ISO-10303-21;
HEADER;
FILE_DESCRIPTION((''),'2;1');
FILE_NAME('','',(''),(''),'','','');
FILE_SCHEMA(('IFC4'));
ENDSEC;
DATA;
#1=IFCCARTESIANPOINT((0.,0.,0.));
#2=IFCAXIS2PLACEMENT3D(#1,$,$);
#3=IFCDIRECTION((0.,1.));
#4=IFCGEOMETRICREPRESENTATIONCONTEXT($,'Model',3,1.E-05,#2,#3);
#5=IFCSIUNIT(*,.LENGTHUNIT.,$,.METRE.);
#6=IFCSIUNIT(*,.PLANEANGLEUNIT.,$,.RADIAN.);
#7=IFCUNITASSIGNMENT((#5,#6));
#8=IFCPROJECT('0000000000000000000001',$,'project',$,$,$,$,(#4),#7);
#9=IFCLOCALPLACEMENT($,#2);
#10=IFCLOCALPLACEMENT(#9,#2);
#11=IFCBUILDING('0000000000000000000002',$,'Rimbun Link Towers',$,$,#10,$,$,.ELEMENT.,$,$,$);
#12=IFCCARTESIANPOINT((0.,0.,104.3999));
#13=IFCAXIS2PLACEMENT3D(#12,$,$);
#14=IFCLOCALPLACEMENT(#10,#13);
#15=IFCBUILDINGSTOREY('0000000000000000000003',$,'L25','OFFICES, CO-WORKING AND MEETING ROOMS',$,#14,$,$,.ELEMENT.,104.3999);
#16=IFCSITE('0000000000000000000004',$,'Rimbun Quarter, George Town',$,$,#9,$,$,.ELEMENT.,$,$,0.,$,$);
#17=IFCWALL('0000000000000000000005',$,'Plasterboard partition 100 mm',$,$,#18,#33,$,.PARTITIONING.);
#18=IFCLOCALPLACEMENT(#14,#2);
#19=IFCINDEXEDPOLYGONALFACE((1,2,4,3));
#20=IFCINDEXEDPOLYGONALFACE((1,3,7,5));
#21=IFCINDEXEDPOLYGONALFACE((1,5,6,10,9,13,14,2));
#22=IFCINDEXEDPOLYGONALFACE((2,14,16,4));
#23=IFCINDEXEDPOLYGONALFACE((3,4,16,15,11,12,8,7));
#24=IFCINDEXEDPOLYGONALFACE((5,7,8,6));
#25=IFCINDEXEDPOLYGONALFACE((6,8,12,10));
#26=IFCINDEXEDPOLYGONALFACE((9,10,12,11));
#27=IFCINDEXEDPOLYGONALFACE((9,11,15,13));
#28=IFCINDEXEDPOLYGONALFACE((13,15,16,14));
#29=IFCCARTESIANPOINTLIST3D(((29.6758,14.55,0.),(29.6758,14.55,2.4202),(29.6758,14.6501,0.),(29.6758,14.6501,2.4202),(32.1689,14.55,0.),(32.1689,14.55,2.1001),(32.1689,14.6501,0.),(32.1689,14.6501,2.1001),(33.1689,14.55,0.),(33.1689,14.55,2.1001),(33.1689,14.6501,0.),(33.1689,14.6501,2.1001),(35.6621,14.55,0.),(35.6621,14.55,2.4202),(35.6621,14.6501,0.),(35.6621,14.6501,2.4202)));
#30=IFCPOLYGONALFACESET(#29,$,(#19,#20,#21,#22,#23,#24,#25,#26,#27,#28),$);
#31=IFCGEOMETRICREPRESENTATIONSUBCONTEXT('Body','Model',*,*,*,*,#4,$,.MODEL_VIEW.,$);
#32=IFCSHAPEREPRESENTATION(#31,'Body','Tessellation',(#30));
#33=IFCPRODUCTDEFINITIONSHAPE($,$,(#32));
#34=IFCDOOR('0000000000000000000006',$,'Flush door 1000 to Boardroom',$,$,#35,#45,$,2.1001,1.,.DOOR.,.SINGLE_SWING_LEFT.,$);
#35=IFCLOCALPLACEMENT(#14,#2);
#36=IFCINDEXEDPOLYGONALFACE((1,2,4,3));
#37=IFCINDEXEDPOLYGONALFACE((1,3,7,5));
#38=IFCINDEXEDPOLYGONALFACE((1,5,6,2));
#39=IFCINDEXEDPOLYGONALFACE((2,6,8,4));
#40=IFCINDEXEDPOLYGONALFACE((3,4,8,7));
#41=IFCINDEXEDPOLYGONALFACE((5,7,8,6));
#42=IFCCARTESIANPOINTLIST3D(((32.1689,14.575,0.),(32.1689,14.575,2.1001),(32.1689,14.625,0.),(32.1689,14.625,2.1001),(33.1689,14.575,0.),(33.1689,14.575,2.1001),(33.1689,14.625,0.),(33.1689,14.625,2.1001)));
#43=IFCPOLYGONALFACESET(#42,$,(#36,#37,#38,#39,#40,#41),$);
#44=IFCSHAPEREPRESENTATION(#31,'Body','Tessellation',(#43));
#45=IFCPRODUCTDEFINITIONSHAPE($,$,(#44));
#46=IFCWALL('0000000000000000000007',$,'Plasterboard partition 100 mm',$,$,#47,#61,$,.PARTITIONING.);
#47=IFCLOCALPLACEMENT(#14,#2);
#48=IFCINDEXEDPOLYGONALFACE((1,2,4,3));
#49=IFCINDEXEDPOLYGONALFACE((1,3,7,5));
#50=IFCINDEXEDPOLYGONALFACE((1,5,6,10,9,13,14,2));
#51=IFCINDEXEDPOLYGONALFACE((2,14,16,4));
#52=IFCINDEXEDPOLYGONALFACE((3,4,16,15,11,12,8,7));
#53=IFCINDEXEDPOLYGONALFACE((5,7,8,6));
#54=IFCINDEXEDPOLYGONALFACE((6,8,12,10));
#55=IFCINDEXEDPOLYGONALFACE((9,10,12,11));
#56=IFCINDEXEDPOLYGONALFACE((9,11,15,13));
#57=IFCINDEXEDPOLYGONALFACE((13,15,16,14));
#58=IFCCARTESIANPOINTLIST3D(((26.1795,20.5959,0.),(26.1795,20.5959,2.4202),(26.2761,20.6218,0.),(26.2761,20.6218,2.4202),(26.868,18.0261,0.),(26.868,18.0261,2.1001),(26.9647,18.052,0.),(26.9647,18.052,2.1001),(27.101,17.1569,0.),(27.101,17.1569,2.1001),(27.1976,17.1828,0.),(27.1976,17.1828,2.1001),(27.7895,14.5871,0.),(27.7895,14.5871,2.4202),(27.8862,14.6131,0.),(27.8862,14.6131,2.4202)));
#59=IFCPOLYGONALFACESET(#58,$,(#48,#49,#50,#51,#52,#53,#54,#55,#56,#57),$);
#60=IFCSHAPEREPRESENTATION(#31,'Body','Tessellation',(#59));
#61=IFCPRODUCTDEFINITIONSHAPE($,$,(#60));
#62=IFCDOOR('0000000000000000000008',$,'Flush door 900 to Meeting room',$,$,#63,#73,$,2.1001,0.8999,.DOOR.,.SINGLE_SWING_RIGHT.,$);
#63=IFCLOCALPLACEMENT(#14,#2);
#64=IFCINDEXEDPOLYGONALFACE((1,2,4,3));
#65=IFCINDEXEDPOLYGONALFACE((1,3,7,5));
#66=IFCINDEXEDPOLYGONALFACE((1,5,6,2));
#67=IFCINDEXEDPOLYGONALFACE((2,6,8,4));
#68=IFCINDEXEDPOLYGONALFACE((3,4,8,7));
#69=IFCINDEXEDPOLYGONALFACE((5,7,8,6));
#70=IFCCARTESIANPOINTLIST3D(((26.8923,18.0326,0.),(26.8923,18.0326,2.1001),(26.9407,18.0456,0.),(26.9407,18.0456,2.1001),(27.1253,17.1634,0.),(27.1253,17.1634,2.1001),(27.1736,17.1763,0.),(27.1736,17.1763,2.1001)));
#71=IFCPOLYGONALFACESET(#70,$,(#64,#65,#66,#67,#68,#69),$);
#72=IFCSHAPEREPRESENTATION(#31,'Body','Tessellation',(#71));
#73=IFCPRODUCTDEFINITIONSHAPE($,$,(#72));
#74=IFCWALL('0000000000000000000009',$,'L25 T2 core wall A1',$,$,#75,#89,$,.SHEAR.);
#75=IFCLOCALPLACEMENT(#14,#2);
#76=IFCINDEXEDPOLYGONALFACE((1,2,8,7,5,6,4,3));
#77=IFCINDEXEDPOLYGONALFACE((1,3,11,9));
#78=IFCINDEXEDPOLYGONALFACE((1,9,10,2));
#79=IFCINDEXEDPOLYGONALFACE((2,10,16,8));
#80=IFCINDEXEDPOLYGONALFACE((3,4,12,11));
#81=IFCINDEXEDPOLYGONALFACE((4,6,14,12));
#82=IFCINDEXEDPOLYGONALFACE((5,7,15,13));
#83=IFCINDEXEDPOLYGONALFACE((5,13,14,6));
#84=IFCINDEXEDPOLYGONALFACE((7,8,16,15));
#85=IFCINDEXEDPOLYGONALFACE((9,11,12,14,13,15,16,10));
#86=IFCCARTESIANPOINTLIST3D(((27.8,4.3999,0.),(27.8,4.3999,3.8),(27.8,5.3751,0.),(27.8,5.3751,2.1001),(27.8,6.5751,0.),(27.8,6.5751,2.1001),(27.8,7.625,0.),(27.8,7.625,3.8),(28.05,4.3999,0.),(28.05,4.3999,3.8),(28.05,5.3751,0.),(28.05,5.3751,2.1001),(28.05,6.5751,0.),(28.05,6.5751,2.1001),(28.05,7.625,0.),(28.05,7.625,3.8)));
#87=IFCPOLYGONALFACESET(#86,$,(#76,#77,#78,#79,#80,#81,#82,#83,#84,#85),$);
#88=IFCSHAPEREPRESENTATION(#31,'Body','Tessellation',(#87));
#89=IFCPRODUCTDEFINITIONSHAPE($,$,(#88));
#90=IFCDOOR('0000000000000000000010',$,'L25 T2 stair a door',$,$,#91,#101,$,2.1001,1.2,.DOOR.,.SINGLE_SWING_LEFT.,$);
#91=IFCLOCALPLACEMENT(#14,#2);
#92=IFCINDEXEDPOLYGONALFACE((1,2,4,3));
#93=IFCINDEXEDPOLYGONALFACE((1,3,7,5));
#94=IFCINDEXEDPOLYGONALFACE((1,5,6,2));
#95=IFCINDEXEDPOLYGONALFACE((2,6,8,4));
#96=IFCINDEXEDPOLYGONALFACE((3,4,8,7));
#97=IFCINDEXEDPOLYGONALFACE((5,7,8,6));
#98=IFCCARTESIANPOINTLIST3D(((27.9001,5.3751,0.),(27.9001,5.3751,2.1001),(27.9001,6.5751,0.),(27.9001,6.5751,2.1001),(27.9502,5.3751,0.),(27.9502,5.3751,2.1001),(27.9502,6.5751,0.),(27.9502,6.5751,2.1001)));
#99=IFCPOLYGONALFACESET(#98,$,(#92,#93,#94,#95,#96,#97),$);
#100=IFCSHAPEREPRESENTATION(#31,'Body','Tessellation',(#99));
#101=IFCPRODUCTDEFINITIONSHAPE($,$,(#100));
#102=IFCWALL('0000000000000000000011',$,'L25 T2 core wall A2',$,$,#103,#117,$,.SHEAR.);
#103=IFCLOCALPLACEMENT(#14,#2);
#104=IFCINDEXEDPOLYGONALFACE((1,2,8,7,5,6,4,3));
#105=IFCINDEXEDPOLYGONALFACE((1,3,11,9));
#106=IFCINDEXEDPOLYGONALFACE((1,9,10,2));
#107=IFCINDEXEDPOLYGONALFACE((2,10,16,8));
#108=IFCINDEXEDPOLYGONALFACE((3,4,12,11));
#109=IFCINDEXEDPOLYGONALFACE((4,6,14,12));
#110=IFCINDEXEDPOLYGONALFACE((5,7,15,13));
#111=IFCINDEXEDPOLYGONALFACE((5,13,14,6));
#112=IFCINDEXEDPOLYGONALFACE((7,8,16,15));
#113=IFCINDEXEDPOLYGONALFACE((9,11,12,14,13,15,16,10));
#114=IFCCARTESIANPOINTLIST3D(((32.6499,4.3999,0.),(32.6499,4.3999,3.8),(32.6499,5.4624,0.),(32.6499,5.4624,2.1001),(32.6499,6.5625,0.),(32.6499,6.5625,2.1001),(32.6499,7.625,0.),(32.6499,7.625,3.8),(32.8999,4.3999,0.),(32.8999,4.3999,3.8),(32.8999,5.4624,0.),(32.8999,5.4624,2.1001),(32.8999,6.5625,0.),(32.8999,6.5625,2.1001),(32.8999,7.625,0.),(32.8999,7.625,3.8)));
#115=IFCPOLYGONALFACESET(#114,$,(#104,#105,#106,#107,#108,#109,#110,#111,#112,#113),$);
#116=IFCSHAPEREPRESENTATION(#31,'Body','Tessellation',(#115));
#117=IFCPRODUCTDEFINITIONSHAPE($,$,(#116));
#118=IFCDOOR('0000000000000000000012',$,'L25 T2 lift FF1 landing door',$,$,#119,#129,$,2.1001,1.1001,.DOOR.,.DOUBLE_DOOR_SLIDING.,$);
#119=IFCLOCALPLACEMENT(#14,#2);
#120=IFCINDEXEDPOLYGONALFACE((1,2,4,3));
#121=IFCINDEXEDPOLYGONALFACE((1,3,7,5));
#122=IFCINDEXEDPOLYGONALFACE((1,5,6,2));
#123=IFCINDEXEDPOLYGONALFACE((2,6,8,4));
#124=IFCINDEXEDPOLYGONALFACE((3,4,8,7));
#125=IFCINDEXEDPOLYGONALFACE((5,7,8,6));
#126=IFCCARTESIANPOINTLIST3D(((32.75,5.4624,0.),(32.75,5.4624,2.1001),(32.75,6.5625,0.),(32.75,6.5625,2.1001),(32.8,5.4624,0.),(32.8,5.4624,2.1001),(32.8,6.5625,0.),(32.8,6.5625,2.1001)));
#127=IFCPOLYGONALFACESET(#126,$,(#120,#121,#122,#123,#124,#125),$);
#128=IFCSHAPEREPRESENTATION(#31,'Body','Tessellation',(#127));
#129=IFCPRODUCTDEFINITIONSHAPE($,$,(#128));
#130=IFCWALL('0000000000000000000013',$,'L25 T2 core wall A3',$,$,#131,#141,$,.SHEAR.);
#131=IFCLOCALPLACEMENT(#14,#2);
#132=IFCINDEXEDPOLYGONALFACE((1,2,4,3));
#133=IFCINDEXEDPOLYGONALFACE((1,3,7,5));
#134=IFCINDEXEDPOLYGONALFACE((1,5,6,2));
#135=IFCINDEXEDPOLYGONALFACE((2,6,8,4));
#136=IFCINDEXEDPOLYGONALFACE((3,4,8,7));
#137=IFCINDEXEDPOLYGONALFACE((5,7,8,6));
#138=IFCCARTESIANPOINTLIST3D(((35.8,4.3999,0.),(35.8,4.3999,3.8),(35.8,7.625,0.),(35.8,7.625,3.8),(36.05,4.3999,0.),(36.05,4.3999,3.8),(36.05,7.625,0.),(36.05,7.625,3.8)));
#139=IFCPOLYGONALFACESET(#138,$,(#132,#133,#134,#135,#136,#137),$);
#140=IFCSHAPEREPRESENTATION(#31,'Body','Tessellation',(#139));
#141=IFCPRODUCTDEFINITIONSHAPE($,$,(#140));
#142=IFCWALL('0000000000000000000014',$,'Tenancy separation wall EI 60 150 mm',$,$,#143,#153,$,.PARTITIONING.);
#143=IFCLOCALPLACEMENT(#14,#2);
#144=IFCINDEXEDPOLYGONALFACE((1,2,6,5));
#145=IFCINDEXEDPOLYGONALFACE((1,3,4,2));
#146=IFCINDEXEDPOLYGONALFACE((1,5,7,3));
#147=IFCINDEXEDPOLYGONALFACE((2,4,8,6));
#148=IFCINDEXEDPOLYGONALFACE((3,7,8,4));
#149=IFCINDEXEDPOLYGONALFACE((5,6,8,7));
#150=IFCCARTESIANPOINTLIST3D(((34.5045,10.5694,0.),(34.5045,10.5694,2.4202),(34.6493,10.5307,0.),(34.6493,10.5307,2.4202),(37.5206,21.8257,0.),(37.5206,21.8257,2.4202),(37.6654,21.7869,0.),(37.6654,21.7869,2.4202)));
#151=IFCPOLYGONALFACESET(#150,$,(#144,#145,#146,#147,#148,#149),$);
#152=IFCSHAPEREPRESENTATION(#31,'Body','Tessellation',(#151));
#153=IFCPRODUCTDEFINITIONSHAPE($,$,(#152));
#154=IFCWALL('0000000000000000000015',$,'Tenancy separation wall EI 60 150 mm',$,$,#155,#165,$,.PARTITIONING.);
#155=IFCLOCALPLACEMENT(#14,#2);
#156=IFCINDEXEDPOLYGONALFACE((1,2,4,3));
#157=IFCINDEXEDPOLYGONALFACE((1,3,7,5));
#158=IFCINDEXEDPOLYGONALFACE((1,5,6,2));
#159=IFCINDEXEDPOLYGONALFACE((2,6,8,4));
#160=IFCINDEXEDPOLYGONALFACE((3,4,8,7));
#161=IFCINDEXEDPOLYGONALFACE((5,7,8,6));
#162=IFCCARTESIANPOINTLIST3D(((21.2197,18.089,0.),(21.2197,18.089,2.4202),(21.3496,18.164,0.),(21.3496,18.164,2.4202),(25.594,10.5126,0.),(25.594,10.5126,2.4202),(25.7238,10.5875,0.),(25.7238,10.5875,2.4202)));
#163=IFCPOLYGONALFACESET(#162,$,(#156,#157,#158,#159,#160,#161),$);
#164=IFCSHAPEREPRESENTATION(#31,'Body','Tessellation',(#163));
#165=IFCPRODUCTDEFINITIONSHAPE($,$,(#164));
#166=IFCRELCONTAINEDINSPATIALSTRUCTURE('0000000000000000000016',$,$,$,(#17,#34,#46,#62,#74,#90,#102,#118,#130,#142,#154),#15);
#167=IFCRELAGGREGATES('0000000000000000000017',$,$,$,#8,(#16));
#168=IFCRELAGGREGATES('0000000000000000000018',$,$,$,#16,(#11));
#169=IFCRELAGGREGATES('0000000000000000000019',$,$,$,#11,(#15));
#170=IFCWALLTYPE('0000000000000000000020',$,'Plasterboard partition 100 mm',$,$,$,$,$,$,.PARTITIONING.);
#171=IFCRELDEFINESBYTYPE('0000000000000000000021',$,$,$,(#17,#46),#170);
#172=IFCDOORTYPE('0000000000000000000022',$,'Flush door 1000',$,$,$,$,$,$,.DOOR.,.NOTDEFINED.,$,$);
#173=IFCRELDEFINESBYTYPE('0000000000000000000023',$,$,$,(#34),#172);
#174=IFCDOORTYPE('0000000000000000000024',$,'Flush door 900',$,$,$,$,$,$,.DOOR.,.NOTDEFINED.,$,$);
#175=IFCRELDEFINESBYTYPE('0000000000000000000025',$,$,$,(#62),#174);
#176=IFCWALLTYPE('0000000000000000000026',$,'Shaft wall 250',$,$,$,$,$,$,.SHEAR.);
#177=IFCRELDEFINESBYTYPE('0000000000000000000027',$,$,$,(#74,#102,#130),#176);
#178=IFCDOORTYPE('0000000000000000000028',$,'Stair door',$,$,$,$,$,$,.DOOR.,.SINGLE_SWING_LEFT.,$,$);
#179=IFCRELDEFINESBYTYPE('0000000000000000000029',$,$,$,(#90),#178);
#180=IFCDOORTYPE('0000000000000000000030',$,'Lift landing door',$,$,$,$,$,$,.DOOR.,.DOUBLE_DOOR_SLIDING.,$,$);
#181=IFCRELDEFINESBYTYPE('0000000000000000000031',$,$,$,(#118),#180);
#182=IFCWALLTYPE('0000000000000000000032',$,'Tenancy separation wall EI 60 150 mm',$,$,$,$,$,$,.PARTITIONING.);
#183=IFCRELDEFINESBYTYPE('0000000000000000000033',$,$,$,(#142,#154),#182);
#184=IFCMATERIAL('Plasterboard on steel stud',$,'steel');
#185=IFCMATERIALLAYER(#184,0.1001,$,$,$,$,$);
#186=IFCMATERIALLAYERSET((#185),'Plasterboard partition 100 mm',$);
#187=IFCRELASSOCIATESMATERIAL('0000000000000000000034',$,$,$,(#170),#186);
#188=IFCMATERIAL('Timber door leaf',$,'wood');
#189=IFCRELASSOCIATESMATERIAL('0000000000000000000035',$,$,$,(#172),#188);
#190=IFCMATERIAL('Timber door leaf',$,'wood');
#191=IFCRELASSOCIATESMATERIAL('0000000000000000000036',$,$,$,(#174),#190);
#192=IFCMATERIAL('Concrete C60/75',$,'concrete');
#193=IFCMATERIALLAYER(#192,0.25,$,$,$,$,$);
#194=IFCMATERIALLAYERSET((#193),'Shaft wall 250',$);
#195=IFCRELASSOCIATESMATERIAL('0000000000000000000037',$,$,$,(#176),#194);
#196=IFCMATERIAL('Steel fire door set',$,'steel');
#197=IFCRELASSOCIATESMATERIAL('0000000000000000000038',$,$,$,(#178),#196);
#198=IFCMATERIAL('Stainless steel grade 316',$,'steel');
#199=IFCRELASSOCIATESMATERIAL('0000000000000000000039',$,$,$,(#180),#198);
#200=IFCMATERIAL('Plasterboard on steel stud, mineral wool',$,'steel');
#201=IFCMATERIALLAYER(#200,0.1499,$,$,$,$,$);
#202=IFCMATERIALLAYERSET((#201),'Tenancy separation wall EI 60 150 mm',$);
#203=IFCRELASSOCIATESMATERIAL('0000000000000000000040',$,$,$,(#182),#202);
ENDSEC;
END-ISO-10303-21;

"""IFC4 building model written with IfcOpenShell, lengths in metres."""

from ifc_helpers import new_model, si_unit, direction, frame, frame_2d, origin, place, context, subcontext, project, spatial, rectangle, extrude, material, layer, layer_set, type_object, element, fill, save


model = new_model("IFC4")

# Units and contexts
model_context = context("Model", 3, precision=1e-05, world=origin(), true_north=direction((0.0, 1.0)))
body_context = subcontext(model_context, "Body", "Model", "MODEL_VIEW")
ifc_project = project(units=[si_unit("LENGTHUNIT", "METRE"), si_unit("PLANEANGLEUNIT", "RADIAN")], contexts=[model_context])

# Site, building, storey
site_placement = place(None, origin())
site = spatial("IfcSite", under=ifc_project, at=site_placement, Name="Rimbun Quarter, George Town", CompositionType="ELEMENT", RefElevation=0.0)
building_placement = place(site_placement, origin())
building = spatial("IfcBuilding", under=site, at=building_placement, Name="Rimbun Link Towers", CompositionType="ELEMENT")
storey_placement = place(building_placement, frame((0.0, 0.0, 104.3999)))
storey = spatial("IfcBuildingStorey", under=building, at=storey_placement, Name="L25", Description="OFFICES, CO-WORKING AND MEETING ROOMS", CompositionType="ELEMENT", Elevation=104.3999)

# Walls, openings, doors
ifc_material_1 = material(Name="Plasterboard on steel stud", Category="steel")
ifc_layer_1 = layer(ifc_material_1, 0.1001)
ifc_layer_set_1 = layer_set([ifc_layer_1], Name="Plasterboard partition 100 mm")
wall_type_1 = type_object("IfcWallType", Name="Plasterboard partition 100 mm", PredefinedType="PARTITIONING", material=ifc_layer_set_1)
wall_1_placement = place(storey_placement, frame((29.6758, 14.6001, 0.0), z_axis=(0.0, 0.0, 1.0), x_axis=(1.0, 0.0, 0.0)))
wall_1 = element("IfcWall", 1, at=wall_1_placement, inside=storey, type_object=wall_type_1, Name="Plasterboard partition 100 mm", PredefinedType="PARTITIONING", context=body_context, shape_type="SweptSolid", body=[
    extrude(rectangle(XDim=5.9863, YDim=0.1001, at=frame_2d((2.9932, 0.0))), origin(), (0.0, 0.0, 1.0), 2.4202),
])
opening_1_placement = place(wall_1_placement, frame((2.4932, 0.0, 0.0)))
opening_1 = element("IfcOpeningElement", 2, at=opening_1_placement, cuts=wall_1, PredefinedType="OPENING", context=body_context, shape_type="SweptSolid", body=[
    extrude(rectangle(XDim=1.0, YDim=2.1001, at=frame_2d((0.5, 1.05))), frame((0.0, 0.0601, 0.0), z_axis=(0.0, -1.0, 0.0), x_axis=(1.0, 0.0, 0.0)), (0.0, 0.0, 1.0), 0.1201),
])
ifc_material_2 = material(Name="Timber door leaf", Category="wood")
door_type_1 = type_object("IfcDoorType", Name="Flush door 1000", OperationType="NOTDEFINED", PredefinedType="DOOR", material=ifc_material_2)
door_1_placement = place(opening_1_placement, origin())
door_1 = element("IfcDoor", 3, at=door_1_placement, inside=storey, type_object=door_type_1, Name="Flush door 1000 to Boardroom", OperationType="SINGLE_SWING_LEFT", OverallHeight=2.1001, OverallWidth=1.0, PredefinedType="DOOR", context=body_context, shape_type="SweptSolid", body=[
    extrude(rectangle(XDim=1.0, YDim=2.1001, at=frame_2d((0.5, 1.05))), frame((0.0, 0.0249, 0.0), z_axis=(0.0, -1.0, 0.0), x_axis=(1.0, 0.0, 0.0)), (0.0, 0.0, 1.0), 0.05),
])
fill(opening_1, door_1)
wall_2_placement = place(storey_placement, frame((27.8379, 14.6001, 0.0), z_axis=(0.0, 0.0, 1.0), x_axis=(-0.258828, 0.965924, 0.0)))
wall_2 = element("IfcWall", 4, at=wall_2_placement, inside=storey, type_object=wall_type_1, Name="Plasterboard partition 100 mm", PredefinedType="PARTITIONING", context=body_context, shape_type="SweptSolid", body=[
    extrude(rectangle(XDim=6.2207, YDim=0.1001, at=frame_2d((3.1104, 0.0))), origin(), (0.0, 0.0, 1.0), 2.4202),
])
opening_2_placement = place(wall_2_placement, frame((2.6604, 0.0, 0.0)))
opening_2 = element("IfcOpeningElement", 5, at=opening_2_placement, cuts=wall_2, PredefinedType="OPENING", context=body_context, shape_type="SweptSolid", body=[
    extrude(rectangle(XDim=0.8999, YDim=2.1001, at=frame_2d((0.45, 1.05))), frame((0.0, 0.0601, 0.0), z_axis=(0.0, -1.0, 0.0), x_axis=(1.0, 0.0, 0.0)), (0.0, 0.0, 1.0), 0.1201),
])
ifc_material_3 = material(Name="Timber door leaf", Category="wood")
door_type_2 = type_object("IfcDoorType", Name="Flush door 900", OperationType="NOTDEFINED", PredefinedType="DOOR", material=ifc_material_3)
door_2_placement = place(opening_2_placement, origin())
door_2 = element("IfcDoor", 6, at=door_2_placement, inside=storey, type_object=door_type_2, Name="Flush door 900 to Meeting room", OperationType="SINGLE_SWING_RIGHT", OverallHeight=2.1001, OverallWidth=0.8999, PredefinedType="DOOR", context=body_context, shape_type="SweptSolid", body=[
    extrude(rectangle(XDim=0.8999, YDim=2.1001, at=frame_2d((0.45, 1.05))), frame((0.0, 0.0249, 0.0), z_axis=(0.0, -1.0, 0.0), x_axis=(1.0, 0.0, 0.0)), (0.0, 0.0, 1.0), 0.05),
])
fill(opening_2, door_2)
ifc_material_4 = material(Name="Concrete C60/75", Category="concrete")
ifc_layer_2 = layer(ifc_material_4, 0.25)
ifc_layer_set_2 = layer_set([ifc_layer_2], Name="Shaft wall 250")
wall_type_2 = type_object("IfcWallType", Name="Shaft wall 250", PredefinedType="SHEAR", material=ifc_layer_set_2)
wall_3_placement = place(storey_placement, frame((27.925, 4.3999, 0.0), z_axis=(0.0, 0.0, 1.0), x_axis=(0.0, 1.0, 0.0)))
wall_3 = element("IfcWall", 7, at=wall_3_placement, inside=storey, type_object=wall_type_2, Name="L25 T2 core wall A1", PredefinedType="SHEAR", context=body_context, shape_type="SweptSolid", body=[
    extrude(rectangle(XDim=3.2251, YDim=0.25, at=frame_2d((1.6125, 0.0))), origin(), (0.0, 0.0, 1.0), 3.8),
])
opening_3_placement = place(wall_3_placement, frame((0.9751, 0.0, 0.0)))
opening_3 = element("IfcOpeningElement", 8, at=opening_3_placement, cuts=wall_3, PredefinedType="OPENING", context=body_context, shape_type="SweptSolid", body=[
    extrude(rectangle(XDim=1.2, YDim=2.1001, at=frame_2d((0.6001, 1.05))), frame((0.0, 0.135, 0.0), z_axis=(0.0, -1.0, 0.0), x_axis=(1.0, 0.0, 0.0)), (0.0, 0.0, 1.0), 0.27),
])
ifc_material_5 = material(Name="Steel fire door set", Category="steel")
door_type_3 = type_object("IfcDoorType", Name="Stair door", OperationType="SINGLE_SWING_LEFT", PredefinedType="DOOR", material=ifc_material_5)
door_3_placement = place(opening_3_placement, origin())
door_3 = element("IfcDoor", 9, at=door_3_placement, inside=storey, type_object=door_type_3, Name="L25 T2 stair a door", OperationType="SINGLE_SWING_LEFT", OverallHeight=2.1001, OverallWidth=1.2, PredefinedType="DOOR", context=body_context, shape_type="SweptSolid", body=[
    extrude(rectangle(XDim=1.2, YDim=2.1001, at=frame_2d((0.6001, 1.05))), frame((0.0, 0.0249, 0.0), z_axis=(0.0, -1.0, 0.0), x_axis=(1.0, 0.0, 0.0)), (0.0, 0.0, 1.0), 0.05),
])
fill(opening_3, door_3)
wall_4_placement = place(storey_placement, frame((32.7749, 4.3999, 0.0), z_axis=(0.0, 0.0, 1.0), x_axis=(0.0, 1.0, 0.0)))
wall_4 = element("IfcWall", 10, at=wall_4_placement, inside=storey, type_object=wall_type_2, Name="L25 T2 core wall A2", PredefinedType="SHEAR", context=body_context, shape_type="SweptSolid", body=[
    extrude(rectangle(XDim=3.2251, YDim=0.25, at=frame_2d((1.6125, 0.0))), origin(), (0.0, 0.0, 1.0), 3.8),
])
opening_4_placement = place(wall_4_placement, frame((1.0625, 0.0, 0.0)))
opening_4 = element("IfcOpeningElement", 11, at=opening_4_placement, cuts=wall_4, PredefinedType="OPENING", context=body_context, shape_type="SweptSolid", body=[
    extrude(rectangle(XDim=1.1001, YDim=2.1001, at=frame_2d((0.55, 1.05))), frame((0.0, 0.135, 0.0), z_axis=(0.0, -1.0, 0.0), x_axis=(1.0, 0.0, 0.0)), (0.0, 0.0, 1.0), 0.27),
])
ifc_material_6 = material(Name="Stainless steel grade 316", Category="steel")
door_type_4 = type_object("IfcDoorType", Name="Lift landing door", OperationType="DOUBLE_DOOR_SLIDING", PredefinedType="DOOR", material=ifc_material_6)
door_4_placement = place(opening_4_placement, origin())
door_4 = element("IfcDoor", 12, at=door_4_placement, inside=storey, type_object=door_type_4, Name="L25 T2 lift FF1 landing door", OperationType="DOUBLE_DOOR_SLIDING", OverallHeight=2.1001, OverallWidth=1.1001, PredefinedType="DOOR", context=body_context, shape_type="SweptSolid", body=[
    extrude(rectangle(XDim=1.1001, YDim=2.1001, at=frame_2d((0.55, 1.05))), frame((0.0, 0.0249, 0.0), z_axis=(0.0, -1.0, 0.0), x_axis=(1.0, 0.0, 0.0)), (0.0, 0.0, 1.0), 0.05),
])
fill(opening_4, door_4)

# Walls
wall_5_placement = place(storey_placement, frame((35.925, 4.3999, 0.0), z_axis=(0.0, 0.0, 1.0), x_axis=(0.0, 1.0, 0.0)))
element("IfcWall", 13, at=wall_5_placement, inside=storey, type_object=wall_type_2, Name="L25 T2 core wall A3", PredefinedType="SHEAR", context=body_context, shape_type="SweptSolid", body=[
    extrude(rectangle(XDim=3.2251, YDim=0.25, at=frame_2d((1.6125, 0.0))), origin(), (0.0, 0.0, 1.0), 3.8),
])
ifc_material_7 = material(Name="Plasterboard on steel stud, mineral wool", Category="steel")
ifc_layer_3 = layer(ifc_material_7, 0.1499)
ifc_layer_set_3 = layer_set([ifc_layer_3], Name="Tenancy separation wall EI 60 150 mm")
wall_type_3 = type_object("IfcWallType", Name="Tenancy separation wall EI 60 150 mm", PredefinedType="PARTITIONING", material=ifc_layer_set_3)
wall_6_placement = place(storey_placement, frame((34.5769, 10.55, 0.0), z_axis=(0.0, 0.0, 1.0), x_axis=(0.258818, 0.965926, 0.0)))
element("IfcWall", 14, at=wall_6_placement, inside=storey, type_object=wall_type_3, Name="Tenancy separation wall EI 60 150 mm", PredefinedType="PARTITIONING", context=body_context, shape_type="SweptSolid", body=[
    extrude(rectangle(XDim=11.6533, YDim=0.1499, at=frame_2d((5.8267, 0.0))), origin(), (0.0, 0.0, 1.0), 2.4202),
])
wall_7_placement = place(storey_placement, frame((25.6589, 10.55, 0.0), z_axis=(0.0, 0.0, 1.0), x_axis=(-0.500002, 0.866024, 0.0)))
element("IfcWall", 15, at=wall_7_placement, inside=storey, type_object=wall_type_3, Name="Tenancy separation wall EI 60 150 mm", PredefinedType="PARTITIONING", context=body_context, shape_type="SweptSolid", body=[
    extrude(rectangle(XDim=8.7485, YDim=0.1499, at=frame_2d((4.3743, 0.0))), origin(), (0.0, 0.0, 1.0), 2.4202),
])

save(model, "model.ifc")
